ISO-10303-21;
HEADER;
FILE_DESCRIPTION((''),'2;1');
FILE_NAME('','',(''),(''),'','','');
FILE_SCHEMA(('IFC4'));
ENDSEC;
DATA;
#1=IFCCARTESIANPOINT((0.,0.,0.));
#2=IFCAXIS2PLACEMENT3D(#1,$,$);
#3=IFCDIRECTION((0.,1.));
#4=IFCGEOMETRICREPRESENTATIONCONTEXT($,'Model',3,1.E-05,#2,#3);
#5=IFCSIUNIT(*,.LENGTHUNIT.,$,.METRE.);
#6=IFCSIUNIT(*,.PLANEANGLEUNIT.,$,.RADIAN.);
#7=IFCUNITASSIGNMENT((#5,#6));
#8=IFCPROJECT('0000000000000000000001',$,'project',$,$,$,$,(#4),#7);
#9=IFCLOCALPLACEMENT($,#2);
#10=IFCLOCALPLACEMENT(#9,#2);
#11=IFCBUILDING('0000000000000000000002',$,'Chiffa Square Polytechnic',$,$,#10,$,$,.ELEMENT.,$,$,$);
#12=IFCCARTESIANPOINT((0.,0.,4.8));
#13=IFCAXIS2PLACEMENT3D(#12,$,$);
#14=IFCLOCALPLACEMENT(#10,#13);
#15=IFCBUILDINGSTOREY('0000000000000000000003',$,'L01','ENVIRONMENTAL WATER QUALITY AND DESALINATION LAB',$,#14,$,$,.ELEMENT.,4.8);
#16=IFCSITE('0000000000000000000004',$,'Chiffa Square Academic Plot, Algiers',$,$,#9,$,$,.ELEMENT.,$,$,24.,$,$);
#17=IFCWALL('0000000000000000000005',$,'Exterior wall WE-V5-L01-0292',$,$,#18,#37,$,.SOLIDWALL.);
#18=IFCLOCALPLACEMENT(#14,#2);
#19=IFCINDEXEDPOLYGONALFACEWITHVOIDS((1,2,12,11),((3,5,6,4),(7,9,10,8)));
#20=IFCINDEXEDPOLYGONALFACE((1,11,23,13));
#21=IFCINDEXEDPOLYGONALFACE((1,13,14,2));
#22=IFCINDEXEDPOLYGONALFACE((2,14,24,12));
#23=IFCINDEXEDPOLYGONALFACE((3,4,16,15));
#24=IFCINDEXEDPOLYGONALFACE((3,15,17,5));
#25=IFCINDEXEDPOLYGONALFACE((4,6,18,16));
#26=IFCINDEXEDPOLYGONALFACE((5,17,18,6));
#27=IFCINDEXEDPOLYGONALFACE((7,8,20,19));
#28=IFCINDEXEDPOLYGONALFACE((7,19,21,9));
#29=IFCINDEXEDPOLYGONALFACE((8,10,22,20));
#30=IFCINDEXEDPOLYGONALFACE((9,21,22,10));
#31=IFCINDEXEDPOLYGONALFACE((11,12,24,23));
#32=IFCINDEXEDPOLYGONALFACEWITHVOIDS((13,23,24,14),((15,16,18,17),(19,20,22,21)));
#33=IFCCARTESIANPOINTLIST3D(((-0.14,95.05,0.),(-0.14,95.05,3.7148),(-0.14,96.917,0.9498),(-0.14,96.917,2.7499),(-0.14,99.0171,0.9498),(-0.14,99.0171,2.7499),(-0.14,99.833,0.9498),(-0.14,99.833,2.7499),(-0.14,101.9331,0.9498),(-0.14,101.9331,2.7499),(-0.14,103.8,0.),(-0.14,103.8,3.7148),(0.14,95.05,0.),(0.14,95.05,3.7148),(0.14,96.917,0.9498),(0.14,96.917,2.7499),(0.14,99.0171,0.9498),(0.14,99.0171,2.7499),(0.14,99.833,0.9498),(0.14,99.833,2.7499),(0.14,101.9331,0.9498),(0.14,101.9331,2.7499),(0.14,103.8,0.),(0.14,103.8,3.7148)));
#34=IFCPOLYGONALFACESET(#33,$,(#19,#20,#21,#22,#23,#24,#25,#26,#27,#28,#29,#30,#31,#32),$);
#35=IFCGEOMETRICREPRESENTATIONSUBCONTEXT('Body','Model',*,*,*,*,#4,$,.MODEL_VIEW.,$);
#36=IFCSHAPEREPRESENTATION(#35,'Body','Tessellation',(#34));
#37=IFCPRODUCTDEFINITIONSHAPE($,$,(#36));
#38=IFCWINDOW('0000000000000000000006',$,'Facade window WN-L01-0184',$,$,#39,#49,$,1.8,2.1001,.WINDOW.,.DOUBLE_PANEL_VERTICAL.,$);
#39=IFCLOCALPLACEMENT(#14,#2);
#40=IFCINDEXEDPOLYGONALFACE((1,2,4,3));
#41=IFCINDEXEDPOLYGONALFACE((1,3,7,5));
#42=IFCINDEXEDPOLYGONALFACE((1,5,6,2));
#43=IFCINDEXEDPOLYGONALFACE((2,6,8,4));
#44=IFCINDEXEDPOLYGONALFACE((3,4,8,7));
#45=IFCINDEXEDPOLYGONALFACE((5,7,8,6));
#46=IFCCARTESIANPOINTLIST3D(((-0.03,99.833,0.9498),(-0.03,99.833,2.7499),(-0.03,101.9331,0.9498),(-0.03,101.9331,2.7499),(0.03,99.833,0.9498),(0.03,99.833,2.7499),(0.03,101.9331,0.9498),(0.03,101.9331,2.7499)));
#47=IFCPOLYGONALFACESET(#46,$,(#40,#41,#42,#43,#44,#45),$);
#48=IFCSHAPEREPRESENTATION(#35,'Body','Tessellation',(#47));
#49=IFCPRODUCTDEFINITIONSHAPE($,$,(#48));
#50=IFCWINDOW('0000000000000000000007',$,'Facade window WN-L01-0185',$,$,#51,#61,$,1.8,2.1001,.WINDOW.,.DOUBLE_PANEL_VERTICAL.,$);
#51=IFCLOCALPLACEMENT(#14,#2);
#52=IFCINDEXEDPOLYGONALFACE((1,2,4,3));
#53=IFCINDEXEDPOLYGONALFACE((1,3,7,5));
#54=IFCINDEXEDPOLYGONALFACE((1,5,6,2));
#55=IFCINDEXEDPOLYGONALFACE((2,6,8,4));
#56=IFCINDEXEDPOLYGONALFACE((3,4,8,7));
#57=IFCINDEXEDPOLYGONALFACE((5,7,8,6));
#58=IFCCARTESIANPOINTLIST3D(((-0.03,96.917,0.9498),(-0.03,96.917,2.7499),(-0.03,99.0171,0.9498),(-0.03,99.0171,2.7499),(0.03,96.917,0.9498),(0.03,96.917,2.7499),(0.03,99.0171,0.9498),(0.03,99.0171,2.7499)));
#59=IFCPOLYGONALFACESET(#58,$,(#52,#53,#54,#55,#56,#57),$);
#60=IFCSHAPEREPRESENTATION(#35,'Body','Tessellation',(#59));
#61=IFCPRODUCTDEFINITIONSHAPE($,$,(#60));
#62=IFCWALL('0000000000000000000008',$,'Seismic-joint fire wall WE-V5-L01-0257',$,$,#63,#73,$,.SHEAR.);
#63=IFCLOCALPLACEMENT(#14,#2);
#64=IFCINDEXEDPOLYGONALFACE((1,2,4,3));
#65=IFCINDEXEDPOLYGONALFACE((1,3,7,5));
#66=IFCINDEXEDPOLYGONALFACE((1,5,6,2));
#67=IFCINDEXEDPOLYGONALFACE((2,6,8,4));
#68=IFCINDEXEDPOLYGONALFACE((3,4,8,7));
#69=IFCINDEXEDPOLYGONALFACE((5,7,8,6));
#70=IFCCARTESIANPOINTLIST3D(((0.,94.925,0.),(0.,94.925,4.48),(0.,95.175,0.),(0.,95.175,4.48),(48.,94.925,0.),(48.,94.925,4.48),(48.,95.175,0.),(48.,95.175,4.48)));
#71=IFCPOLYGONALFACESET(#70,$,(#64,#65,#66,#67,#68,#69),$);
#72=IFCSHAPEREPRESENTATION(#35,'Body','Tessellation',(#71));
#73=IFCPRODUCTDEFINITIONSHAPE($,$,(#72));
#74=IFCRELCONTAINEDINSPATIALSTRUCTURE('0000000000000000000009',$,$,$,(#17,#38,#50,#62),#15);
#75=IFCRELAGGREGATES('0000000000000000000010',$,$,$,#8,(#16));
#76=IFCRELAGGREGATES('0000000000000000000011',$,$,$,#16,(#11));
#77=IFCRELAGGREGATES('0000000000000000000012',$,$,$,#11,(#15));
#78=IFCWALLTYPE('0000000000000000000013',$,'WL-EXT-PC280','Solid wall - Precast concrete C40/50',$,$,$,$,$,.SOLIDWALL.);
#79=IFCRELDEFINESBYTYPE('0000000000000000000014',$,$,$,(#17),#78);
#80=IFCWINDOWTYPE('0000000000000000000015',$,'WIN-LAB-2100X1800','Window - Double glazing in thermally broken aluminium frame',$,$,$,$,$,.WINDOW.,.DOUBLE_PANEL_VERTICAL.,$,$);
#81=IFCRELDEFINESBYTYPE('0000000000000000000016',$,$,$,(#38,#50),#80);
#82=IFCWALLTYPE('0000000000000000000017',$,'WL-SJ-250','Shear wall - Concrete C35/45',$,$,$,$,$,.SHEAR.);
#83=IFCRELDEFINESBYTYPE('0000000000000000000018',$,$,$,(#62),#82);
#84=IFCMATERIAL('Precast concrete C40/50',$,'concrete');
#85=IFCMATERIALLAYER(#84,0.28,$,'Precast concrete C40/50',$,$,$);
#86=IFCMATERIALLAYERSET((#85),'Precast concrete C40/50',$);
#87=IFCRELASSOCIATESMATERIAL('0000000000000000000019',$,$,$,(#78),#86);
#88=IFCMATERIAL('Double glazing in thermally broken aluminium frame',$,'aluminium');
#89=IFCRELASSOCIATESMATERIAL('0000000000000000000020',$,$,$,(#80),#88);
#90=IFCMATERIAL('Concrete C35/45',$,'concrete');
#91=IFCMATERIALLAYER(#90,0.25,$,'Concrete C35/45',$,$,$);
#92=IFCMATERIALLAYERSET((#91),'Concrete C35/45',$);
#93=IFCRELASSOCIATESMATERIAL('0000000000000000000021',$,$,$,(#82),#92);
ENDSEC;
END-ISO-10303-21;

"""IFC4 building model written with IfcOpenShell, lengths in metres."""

from ifc_helpers import new_model, si_unit, direction, frame, frame_2d, origin, place, context, subcontext, project, spatial, rectangle, extrude, material, layer, layer_set, type_object, element, fill, save


model = new_model("IFC4")

# Units and contexts
model_context = context("Model", 3, precision=1e-05, world=origin(), true_north=direction((0.0, 1.0)))
body_context = subcontext(model_context, "Body", "Model", "MODEL_VIEW")
ifc_project = project(units=[si_unit("LENGTHUNIT", "METRE"), si_unit("PLANEANGLEUNIT", "RADIAN")], contexts=[model_context])

# Site, building, storey
site_placement = place(None, origin())
site = spatial("IfcSite", under=ifc_project, at=site_placement, Name="Chiffa Square Academic Plot, Algiers", CompositionType="ELEMENT", RefElevation=24.0)
building_placement = place(site_placement, origin())
building = spatial("IfcBuilding", under=site, at=building_placement, Name="Chiffa Square Polytechnic", CompositionType="ELEMENT")
storey_placement = place(building_placement, frame((0.0, 0.0, 4.8)))
storey = spatial("IfcBuildingStorey", under=building, at=storey_placement, Name="L01", Description="ENVIRONMENTAL WATER QUALITY AND DESALINATION LAB", CompositionType="ELEMENT", Elevation=4.8)

# Shared definitions
ifc_material_1 = material(Name="Concrete C35/45", Category="concrete")

# Shared definitions
ifc_material_2 = material(Name="Precast concrete C40/50", Category="concrete")

# Wall, openings, windows
ifc_layer_1 = layer(ifc_material_2, 0.28, Name="Precast concrete C40/50")
ifc_layer_set_1 = layer_set([ifc_layer_1], Name="Precast concrete C40/50")
wall_type_1 = type_object("IfcWallType", Name="WL-EXT-PC280", Description="Solid wall - Precast concrete C40/50", PredefinedType="SOLIDWALL", material=ifc_layer_set_1)
wall_1_placement = place(storey_placement, frame((0.0, 103.8, 0.0), z_axis=(0.0, 0.0, 1.0), x_axis=(0.0, -1.0, 0.0)))
wall_1 = element("IfcWall", 1, at=wall_1_placement, inside=storey, type_object=wall_type_1, Name="Exterior wall WE-V5-L01-0292", PredefinedType="SOLIDWALL", context=body_context, shape_type="SweptSolid", body=[
    extrude(rectangle(XDim=8.75, YDim=0.28, at=frame_2d((4.375, 0.0))), origin(), (0.0, 0.0, 1.0), 3.7148),
])
opening_1_placement = place(wall_1_placement, frame((1.8669, 0.0, 0.95)))
opening_1 = element("IfcOpeningElement", 2, at=opening_1_placement, cuts=wall_1, PredefinedType="OPENING", context=body_context, shape_type="SweptSolid", body=[
    extrude(rectangle(XDim=2.1001, YDim=1.8, at=frame_2d((1.05, 0.8999))), frame((0.0, 0.1499, 0.0), z_axis=(0.0, -1.0, 0.0), x_axis=(1.0, 0.0, 0.0)), (0.0, 0.0, 1.0), 0.3),
])
opening_2_placement = place(wall_1_placement, frame((4.783, 0.0, 0.95)))
opening_2 = element("IfcOpeningElement", 3, at=opening_2_placement, cuts=wall_1, PredefinedType="OPENING", context=body_context, shape_type="SweptSolid", body=[
    extrude(rectangle(XDim=2.1001, YDim=1.8, at=frame_2d((1.05, 0.8999))), frame((0.0, 0.1499, 0.0), z_axis=(0.0, -1.0, 0.0), x_axis=(1.0, 0.0, 0.0)), (0.0, 0.0, 1.0), 0.3),
])
ifc_material_3 = material(Name="Double glazing in thermally broken aluminium frame", Category="aluminium")
window_type = type_object("IfcWindowType", Name="WIN-LAB-2100X1800", Description="Window - Double glazing in thermally broken aluminium frame", PartitioningType="DOUBLE_PANEL_VERTICAL", PredefinedType="WINDOW", material=ifc_material_3)
window_1_placement = place(opening_1_placement, origin())
window_1 = element("IfcWindow", 4, at=window_1_placement, inside=storey, type_object=window_type, Name="Facade window WN-L01-0184", OverallHeight=1.8, OverallWidth=2.1001, PartitioningType="DOUBLE_PANEL_VERTICAL", PredefinedType="WINDOW", context=body_context, shape_type="SweptSolid", body=[
    extrude(rectangle(XDim=2.1001, YDim=1.8, at=frame_2d((1.05, 0.8999))), frame((0.0, 0.03, 0.0), z_axis=(0.0, -1.0, 0.0), x_axis=(1.0, 0.0, 0.0)), (0.0, 0.0, 1.0), 0.0601),
])
fill(opening_1, window_1)
window_2_placement = place(opening_2_placement, origin())
window_2 = element("IfcWindow", 5, at=window_2_placement, inside=storey, type_object=window_type, Name="Facade window WN-L01-0185", OverallHeight=1.8, OverallWidth=2.1001, PartitioningType="DOUBLE_PANEL_VERTICAL", PredefinedType="WINDOW", context=body_context, shape_type="SweptSolid", body=[
    extrude(rectangle(XDim=2.1001, YDim=1.8, at=frame_2d((1.05, 0.8999))), frame((0.0, 0.03, 0.0), z_axis=(0.0, -1.0, 0.0), x_axis=(1.0, 0.0, 0.0)), (0.0, 0.0, 1.0), 0.0601),
])
fill(opening_2, window_2)

# Wall
ifc_layer_2 = layer(ifc_material_1, 0.25, Name="Concrete C35/45")
ifc_layer_set_2 = layer_set([ifc_layer_2], Name="Concrete C35/45")
wall_type_2 = type_object("IfcWallType", Name="WL-SJ-250", Description="Shear wall - Concrete C35/45", PredefinedType="SHEAR", material=ifc_layer_set_2)
wall_2_placement = place(storey_placement, frame((0.0, 95.05, 0.0), z_axis=(0.0, 0.0, 1.0), x_axis=(1.0, 0.0, 0.0)))
element("IfcWall", 6, at=wall_2_placement, inside=storey, type_object=wall_type_2, Name="Seismic-joint fire wall WE-V5-L01-0257", PredefinedType="SHEAR", context=body_context, shape_type="SweptSolid", body=[
    extrude(rectangle(XDim=48.0, YDim=0.25, at=frame_2d((24.0, 0.0))), origin(), (0.0, 0.0, 1.0), 4.48),
])

save(model, "model.ifc")
